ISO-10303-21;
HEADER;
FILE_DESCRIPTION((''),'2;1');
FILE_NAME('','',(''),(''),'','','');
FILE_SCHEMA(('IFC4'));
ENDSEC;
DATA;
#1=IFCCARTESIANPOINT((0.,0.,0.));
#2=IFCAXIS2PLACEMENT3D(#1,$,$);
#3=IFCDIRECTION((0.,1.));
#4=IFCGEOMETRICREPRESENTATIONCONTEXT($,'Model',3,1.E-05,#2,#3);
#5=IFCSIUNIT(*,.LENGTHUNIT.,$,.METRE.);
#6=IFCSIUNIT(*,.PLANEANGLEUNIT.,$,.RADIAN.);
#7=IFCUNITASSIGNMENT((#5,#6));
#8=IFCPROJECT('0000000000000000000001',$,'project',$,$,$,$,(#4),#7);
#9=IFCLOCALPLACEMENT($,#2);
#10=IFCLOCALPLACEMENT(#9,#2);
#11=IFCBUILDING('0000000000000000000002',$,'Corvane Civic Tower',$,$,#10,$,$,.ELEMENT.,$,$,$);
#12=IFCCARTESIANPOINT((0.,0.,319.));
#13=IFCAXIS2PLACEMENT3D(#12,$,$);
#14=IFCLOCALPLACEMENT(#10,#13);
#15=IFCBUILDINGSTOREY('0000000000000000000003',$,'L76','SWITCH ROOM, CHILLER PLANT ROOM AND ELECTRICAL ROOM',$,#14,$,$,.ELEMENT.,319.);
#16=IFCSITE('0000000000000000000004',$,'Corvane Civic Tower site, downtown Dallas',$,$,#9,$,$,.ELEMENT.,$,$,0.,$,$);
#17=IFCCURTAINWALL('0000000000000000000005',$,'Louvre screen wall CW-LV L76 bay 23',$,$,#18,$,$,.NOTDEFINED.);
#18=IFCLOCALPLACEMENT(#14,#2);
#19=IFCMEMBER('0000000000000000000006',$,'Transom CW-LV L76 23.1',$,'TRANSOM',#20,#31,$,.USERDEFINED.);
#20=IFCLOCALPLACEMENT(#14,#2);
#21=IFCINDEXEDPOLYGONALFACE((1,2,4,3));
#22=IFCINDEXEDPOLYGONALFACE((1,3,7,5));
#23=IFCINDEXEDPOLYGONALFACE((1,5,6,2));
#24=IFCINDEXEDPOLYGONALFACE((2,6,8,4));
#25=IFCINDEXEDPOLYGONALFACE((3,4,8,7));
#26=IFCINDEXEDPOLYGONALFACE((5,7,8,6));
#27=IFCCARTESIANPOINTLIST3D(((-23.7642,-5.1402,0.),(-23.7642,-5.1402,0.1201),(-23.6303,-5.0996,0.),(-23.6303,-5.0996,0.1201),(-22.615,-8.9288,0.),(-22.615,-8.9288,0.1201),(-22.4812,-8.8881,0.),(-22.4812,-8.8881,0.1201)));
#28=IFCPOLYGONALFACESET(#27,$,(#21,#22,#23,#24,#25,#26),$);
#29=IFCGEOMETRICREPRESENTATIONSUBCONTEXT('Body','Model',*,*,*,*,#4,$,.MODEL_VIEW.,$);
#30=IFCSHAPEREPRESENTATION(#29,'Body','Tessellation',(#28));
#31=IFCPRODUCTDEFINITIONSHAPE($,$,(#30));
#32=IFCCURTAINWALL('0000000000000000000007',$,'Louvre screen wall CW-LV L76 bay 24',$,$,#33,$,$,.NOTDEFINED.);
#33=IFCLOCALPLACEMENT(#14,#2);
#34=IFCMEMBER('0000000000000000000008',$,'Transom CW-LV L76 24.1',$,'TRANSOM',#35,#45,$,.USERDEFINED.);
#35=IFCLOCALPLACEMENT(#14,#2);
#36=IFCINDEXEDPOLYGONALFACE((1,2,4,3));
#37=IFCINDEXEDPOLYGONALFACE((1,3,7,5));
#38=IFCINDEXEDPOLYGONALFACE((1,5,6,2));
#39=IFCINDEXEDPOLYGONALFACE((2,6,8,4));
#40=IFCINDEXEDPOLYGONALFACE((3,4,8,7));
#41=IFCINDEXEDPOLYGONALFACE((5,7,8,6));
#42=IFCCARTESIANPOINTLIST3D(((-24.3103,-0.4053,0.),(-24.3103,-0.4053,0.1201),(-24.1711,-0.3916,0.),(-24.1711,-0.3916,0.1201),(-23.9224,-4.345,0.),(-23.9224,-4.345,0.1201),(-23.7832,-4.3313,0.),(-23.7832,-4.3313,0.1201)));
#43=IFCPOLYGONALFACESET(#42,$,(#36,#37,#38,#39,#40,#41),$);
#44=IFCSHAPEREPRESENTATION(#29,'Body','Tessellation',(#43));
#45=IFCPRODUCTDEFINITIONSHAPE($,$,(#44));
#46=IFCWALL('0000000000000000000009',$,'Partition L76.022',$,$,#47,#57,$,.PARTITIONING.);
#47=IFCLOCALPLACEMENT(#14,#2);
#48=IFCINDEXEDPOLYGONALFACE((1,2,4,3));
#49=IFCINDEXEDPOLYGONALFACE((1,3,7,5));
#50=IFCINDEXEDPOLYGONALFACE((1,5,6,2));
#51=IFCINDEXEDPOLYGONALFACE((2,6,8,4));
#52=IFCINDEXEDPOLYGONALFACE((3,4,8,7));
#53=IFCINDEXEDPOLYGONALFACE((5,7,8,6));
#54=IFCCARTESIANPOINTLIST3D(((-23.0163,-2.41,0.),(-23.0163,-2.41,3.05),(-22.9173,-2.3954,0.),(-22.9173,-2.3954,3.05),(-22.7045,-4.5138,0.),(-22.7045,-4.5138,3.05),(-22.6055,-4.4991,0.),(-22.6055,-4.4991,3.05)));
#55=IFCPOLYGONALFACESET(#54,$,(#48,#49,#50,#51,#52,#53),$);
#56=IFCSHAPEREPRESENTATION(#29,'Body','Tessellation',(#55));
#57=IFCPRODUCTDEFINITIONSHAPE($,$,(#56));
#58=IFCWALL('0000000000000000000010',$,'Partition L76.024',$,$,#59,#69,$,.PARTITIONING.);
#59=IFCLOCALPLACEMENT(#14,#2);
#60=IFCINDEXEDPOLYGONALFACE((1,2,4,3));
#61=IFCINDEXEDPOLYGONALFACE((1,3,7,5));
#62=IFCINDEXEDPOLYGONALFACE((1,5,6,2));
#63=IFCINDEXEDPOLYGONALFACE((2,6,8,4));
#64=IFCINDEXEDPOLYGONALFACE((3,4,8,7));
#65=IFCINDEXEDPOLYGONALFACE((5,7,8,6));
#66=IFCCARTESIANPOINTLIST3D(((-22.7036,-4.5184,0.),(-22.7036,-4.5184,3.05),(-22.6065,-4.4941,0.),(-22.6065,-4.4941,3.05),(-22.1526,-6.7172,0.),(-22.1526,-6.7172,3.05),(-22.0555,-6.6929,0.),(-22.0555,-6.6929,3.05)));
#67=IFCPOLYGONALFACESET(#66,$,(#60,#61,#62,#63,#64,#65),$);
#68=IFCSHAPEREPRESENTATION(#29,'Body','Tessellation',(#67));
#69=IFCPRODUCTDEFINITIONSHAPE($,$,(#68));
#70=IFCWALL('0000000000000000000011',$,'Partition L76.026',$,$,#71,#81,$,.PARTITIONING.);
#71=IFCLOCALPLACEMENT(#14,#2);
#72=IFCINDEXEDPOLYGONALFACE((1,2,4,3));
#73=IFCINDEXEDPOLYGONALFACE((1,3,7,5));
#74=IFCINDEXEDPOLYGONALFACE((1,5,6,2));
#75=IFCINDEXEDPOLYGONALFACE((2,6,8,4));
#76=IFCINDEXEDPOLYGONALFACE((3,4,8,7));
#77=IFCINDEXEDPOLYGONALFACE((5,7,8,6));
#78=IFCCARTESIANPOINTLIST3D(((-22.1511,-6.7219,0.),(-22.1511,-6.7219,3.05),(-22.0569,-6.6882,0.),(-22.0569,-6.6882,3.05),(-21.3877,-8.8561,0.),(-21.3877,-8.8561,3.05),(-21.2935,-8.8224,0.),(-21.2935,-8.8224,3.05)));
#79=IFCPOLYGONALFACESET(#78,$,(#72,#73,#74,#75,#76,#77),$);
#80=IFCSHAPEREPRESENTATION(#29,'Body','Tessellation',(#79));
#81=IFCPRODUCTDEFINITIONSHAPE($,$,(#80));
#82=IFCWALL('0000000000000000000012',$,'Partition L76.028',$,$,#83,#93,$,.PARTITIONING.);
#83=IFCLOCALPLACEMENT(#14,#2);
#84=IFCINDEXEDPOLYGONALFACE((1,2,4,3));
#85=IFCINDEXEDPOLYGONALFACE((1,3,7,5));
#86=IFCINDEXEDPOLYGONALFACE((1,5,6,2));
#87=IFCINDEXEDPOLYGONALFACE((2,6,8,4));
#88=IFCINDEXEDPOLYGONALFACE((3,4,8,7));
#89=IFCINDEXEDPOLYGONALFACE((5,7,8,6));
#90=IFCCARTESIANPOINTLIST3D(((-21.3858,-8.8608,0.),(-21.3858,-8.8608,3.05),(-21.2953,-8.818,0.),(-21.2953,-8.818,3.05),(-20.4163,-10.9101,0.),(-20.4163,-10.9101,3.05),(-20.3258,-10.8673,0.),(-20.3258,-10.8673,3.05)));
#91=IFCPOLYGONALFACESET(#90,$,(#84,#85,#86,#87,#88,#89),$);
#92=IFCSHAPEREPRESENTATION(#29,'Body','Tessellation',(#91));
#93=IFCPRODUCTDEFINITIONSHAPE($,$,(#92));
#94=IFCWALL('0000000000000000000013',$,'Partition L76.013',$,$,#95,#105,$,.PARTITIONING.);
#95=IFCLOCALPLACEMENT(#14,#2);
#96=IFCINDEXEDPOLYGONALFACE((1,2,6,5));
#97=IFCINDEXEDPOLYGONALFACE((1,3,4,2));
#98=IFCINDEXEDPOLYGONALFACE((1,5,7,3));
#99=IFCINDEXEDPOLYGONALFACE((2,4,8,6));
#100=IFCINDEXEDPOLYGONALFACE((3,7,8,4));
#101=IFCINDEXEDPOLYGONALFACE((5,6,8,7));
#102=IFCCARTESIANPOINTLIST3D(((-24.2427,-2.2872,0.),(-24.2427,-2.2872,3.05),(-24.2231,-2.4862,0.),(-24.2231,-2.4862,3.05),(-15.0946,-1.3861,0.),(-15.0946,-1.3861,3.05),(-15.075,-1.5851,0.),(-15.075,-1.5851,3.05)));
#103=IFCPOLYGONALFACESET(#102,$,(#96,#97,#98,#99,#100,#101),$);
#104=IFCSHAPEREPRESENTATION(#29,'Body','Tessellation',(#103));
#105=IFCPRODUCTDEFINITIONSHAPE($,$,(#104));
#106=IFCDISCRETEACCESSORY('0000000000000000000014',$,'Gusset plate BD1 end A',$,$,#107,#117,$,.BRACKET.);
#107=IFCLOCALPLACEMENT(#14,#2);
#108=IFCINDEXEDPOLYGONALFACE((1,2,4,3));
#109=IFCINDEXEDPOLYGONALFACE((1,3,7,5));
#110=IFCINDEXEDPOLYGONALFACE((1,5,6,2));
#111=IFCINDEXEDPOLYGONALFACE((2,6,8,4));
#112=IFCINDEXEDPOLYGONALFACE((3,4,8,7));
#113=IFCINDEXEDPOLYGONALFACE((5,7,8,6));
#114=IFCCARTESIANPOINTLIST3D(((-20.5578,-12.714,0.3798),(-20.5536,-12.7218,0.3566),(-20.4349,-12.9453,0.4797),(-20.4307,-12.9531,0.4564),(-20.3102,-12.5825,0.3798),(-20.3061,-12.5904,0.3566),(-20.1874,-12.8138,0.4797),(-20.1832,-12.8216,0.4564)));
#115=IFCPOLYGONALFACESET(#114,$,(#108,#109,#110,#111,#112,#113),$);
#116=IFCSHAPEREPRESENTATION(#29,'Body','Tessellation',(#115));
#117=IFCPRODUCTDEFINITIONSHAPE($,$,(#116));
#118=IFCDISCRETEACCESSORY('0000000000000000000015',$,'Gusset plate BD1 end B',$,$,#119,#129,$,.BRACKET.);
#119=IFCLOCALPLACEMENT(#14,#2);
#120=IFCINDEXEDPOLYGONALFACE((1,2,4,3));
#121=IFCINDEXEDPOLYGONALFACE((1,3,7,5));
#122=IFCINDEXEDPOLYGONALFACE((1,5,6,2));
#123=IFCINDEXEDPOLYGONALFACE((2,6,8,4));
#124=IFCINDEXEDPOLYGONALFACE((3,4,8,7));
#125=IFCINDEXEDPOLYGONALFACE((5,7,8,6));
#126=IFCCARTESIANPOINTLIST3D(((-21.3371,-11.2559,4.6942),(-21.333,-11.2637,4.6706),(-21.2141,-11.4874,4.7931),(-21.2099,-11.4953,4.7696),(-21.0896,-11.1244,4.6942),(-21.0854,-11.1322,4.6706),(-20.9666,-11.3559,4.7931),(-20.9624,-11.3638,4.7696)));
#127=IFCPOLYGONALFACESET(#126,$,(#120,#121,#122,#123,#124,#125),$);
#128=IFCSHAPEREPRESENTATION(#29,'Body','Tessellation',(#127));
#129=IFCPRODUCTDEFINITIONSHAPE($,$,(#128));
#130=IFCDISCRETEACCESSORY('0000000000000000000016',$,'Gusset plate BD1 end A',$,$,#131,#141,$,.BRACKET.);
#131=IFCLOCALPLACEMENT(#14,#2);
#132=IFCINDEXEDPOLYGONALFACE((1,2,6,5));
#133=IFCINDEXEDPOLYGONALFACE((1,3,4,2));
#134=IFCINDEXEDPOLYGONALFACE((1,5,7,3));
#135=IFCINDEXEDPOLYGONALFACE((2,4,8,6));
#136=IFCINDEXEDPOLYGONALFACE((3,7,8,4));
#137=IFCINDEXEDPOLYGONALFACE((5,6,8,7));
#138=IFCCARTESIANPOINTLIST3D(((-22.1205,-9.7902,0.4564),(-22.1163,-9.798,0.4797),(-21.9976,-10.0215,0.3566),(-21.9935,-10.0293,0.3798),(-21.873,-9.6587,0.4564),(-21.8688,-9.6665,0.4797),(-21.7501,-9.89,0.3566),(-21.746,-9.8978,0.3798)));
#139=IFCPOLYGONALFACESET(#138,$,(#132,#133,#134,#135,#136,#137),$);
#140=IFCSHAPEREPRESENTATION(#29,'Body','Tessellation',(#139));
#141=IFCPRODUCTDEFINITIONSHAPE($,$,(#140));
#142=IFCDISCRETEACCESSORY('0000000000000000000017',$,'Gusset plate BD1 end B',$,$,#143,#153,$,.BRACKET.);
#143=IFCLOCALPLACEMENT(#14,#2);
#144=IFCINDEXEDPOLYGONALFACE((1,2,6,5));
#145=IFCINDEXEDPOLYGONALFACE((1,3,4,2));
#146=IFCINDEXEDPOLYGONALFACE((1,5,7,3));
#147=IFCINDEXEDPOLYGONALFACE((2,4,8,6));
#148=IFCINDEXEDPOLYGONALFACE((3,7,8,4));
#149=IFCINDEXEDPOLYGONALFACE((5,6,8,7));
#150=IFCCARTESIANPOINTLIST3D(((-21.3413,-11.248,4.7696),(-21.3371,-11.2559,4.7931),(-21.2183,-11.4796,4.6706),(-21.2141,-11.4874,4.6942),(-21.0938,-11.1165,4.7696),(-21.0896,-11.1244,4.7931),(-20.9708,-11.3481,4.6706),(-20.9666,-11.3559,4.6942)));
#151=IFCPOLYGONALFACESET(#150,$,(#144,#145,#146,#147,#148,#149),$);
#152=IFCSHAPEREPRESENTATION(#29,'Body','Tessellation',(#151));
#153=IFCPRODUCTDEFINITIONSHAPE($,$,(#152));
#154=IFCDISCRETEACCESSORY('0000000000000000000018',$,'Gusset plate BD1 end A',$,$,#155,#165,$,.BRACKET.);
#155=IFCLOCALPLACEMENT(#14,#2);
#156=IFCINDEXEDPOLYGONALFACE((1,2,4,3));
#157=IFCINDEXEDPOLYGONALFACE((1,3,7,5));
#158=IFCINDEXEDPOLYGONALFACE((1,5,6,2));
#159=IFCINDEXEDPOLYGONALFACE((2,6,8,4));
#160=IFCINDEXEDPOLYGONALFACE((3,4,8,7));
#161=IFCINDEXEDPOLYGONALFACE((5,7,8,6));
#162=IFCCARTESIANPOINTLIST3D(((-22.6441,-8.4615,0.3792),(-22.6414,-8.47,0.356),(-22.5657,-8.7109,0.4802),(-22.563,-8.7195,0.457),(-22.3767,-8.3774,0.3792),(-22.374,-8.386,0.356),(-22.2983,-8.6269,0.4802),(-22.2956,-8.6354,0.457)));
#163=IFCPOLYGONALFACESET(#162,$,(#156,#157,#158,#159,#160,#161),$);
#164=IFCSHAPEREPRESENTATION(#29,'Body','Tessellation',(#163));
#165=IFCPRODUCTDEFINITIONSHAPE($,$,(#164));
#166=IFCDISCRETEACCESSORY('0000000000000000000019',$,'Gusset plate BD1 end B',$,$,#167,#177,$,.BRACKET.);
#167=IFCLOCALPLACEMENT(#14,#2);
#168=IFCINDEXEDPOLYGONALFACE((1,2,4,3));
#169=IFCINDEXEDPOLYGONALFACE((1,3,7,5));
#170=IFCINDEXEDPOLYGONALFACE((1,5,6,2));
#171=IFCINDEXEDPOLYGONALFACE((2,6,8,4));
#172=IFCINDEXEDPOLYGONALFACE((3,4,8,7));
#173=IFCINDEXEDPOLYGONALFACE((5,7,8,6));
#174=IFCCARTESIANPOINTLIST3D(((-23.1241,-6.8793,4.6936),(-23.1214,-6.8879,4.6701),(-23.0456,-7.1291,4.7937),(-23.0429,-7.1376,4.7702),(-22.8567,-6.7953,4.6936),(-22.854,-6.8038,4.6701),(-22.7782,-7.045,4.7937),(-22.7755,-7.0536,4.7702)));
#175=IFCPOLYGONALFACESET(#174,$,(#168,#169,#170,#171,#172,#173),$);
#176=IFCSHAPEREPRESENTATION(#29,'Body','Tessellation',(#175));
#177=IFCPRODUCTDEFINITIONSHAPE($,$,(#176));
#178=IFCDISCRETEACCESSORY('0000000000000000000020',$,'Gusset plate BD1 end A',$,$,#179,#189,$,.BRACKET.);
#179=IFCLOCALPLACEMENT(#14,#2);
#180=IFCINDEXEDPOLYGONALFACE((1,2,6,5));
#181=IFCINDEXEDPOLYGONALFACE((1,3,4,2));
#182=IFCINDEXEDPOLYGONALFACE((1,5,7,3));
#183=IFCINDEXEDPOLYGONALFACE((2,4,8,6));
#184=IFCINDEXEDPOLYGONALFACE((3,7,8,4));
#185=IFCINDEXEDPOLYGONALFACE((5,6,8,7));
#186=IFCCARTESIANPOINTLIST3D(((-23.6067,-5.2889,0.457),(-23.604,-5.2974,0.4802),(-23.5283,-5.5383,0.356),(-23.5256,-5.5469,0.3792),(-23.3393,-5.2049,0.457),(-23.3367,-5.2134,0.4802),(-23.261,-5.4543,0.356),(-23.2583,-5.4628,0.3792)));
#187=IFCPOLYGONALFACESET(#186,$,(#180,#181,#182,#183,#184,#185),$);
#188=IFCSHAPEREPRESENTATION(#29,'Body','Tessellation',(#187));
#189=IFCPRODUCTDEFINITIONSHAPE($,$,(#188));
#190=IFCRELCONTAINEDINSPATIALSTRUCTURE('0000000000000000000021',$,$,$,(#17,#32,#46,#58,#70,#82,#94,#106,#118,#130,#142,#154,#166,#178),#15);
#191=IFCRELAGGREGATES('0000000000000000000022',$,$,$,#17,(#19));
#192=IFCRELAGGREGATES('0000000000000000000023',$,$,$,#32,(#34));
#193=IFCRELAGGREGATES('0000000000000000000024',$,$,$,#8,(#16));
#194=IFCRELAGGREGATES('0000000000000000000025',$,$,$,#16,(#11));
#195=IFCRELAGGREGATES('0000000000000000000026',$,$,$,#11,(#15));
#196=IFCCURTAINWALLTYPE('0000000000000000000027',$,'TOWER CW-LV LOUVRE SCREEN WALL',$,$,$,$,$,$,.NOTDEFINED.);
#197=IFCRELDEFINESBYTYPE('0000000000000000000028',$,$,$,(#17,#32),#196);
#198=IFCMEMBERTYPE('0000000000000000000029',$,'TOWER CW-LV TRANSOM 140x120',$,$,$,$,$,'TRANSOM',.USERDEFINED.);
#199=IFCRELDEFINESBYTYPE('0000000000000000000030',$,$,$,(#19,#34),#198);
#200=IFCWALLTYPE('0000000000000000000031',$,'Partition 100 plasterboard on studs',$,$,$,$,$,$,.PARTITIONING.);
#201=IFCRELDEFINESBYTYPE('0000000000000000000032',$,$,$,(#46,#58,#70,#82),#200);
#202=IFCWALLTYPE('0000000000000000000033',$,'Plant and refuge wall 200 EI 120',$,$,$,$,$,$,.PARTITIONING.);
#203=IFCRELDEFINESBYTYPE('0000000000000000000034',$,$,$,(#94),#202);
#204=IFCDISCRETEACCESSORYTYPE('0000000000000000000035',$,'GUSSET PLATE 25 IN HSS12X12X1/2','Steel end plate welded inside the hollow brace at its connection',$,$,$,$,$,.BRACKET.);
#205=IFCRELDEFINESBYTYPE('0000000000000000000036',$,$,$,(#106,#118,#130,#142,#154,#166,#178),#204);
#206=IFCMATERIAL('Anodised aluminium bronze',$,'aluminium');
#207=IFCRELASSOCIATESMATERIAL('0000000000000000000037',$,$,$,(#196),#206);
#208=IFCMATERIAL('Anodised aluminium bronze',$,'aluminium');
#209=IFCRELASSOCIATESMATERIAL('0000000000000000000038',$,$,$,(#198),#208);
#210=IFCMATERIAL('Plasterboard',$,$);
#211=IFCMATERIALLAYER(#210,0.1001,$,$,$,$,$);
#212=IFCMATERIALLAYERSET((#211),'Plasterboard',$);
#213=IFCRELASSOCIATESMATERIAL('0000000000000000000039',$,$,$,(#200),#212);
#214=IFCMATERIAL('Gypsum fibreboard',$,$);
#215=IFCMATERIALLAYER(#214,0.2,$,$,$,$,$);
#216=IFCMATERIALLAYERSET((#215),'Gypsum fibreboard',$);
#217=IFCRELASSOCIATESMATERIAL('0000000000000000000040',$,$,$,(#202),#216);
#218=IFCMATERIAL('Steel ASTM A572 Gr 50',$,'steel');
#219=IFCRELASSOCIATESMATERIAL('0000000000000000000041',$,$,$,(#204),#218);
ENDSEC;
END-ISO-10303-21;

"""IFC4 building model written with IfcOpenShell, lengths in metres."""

from ifc_helpers import new_model, si_unit, direction, frame, frame_2d, origin, origin_2d, place, context, subcontext, project, spatial, rectangle, extrude, material, layer, layer_set, material_profile, profile_set, type_object, element, aggregate, save


model = new_model("IFC4")

# Units and contexts
model_context = context("Model", 3, precision=1e-05, world=origin(), true_north=direction((0.0, 1.0)))
body_context = subcontext(model_context, "Body", "Model", "MODEL_VIEW")
ifc_project = project(units=[si_unit("LENGTHUNIT", "METRE"), si_unit("PLANEANGLEUNIT", "RADIAN")], contexts=[model_context])

# Site, building, storey
site_placement = place(None, origin())
site = spatial("IfcSite", under=ifc_project, at=site_placement, Name="Corvane Civic Tower site, downtown Dallas", CompositionType="ELEMENT", RefElevation=0.0)
building_placement = place(site_placement, origin())
building = spatial("IfcBuilding", under=site, at=building_placement, Name="Corvane Civic Tower", CompositionType="ELEMENT")
storey_placement = place(building_placement, frame((0.0, 0.0, 319.0)))
storey = spatial("IfcBuildingStorey", under=building, at=storey_placement, Name="L76", Description="SWITCH ROOM, CHILLER PLANT ROOM AND ELECTRICAL ROOM", CompositionType="ELEMENT", Elevation=319.0)

# Curtain walls, members
ifc_material_1 = material(Name="Anodised aluminium bronze", Category="aluminium")
curtain_wall_type = type_object("IfcCurtainWallType", Name="TOWER CW-LV LOUVRE SCREEN WALL", PredefinedType="NOTDEFINED", material=ifc_material_1)
ifc_material_2 = material(Name="Anodised aluminium bronze", Category="aluminium")
ifc_material_profile_1 = material_profile(ifc_material_2, rectangle(XDim=0.1399, YDim=0.1201, at=origin_2d()), Name="TOWER CW-LV TRANSOM 140x120")
ifc_profile_set_1 = profile_set([ifc_material_profile_1], Name="Anodised aluminium bronze")
member_type_1 = type_object("IfcMemberType", Name="TOWER CW-LV TRANSOM 140x120", ElementType="TRANSOM", PredefinedType="USERDEFINED", material=ifc_profile_set_1)
curtain_wall_1_placement = place(storey_placement, origin())
curtain_wall_1 = element("IfcCurtainWall", 1, at=curtain_wall_1_placement, inside=storey, type_object=curtain_wall_type, Name="Louvre screen wall CW-LV L76 bay 23", PredefinedType="NOTDEFINED")
member_1_placement = place(storey_placement, frame((-22.5481, -8.9084, 0.0601), z_axis=(-0.290266, 0.956946, 0.0), x_axis=(-0.956946, -0.290266, 0.0)))
member_1 = element("IfcMember", 2, at=member_1_placement, type_object=member_type_1, Name="Transom CW-LV L76 23.1", ObjectType="TRANSOM", PredefinedType="USERDEFINED", context=body_context, shape_type="SweptSolid", body=[
    extrude(rectangle(XDim=0.1399, YDim=0.1201, at=origin_2d()), origin(), (0.0, 0.0, 1.0), 3.959),
])
curtain_wall_2_placement = place(storey_placement, origin())
curtain_wall_2 = element("IfcCurtainWall", 3, at=curtain_wall_2_placement, inside=storey, type_object=curtain_wall_type, Name="Louvre screen wall CW-LV L76 bay 24", PredefinedType="NOTDEFINED")
member_2_placement = place(storey_placement, frame((-23.8528, -4.3381, 0.0601), z_axis=(-0.097995, 0.995187, 0.0), x_axis=(-0.995187, -0.097995, 0.0)))
member_2 = element("IfcMember", 4, at=member_2_placement, type_object=member_type_1, Name="Transom CW-LV L76 24.1", ObjectType="TRANSOM", PredefinedType="USERDEFINED", context=body_context, shape_type="SweptSolid", body=[
    extrude(rectangle(XDim=0.1399, YDim=0.1201, at=origin_2d()), origin(), (0.0, 0.0, 1.0), 3.9587),
])

# Walls
ifc_material_3 = material(Name="Plasterboard")
ifc_layer_1 = layer(ifc_material_3, 0.1001)
ifc_layer_set_1 = layer_set([ifc_layer_1], Name="Plasterboard")
wall_type_1 = type_object("IfcWallType", Name="Partition 100 plasterboard on studs", PredefinedType="PARTITIONING", material=ifc_layer_set_1)
wall_1_placement = place(storey_placement, frame((-22.9668, -2.4026, 0.0), z_axis=(0.0, 0.0, 1.0), x_axis=(0.146594, -0.989197, 0.0)))
element("IfcWall", 5, at=wall_1_placement, inside=storey, type_object=wall_type_1, Name="Partition L76.022", PredefinedType="PARTITIONING", context=body_context, shape_type="SweptSolid", body=[
    extrude(rectangle(XDim=2.1267, YDim=0.1001, at=frame_2d((1.0635, 0.0))), origin(), (0.0, 0.0, 1.0), 3.05),
])
wall_2_placement = place(storey_placement, frame((-22.655, -4.5063, 0.0), z_axis=(0.0, 0.0, 1.0), x_axis=(0.243093, -0.970003, 0.0)))
element("IfcWall", 6, at=wall_2_placement, inside=storey, type_object=wall_type_1, Name="Partition L76.024", PredefinedType="PARTITIONING", context=body_context, shape_type="SweptSolid", body=[
    extrude(rectangle(XDim=2.2668, YDim=0.1001, at=frame_2d((1.1333, 0.0))), origin(), (0.0, 0.0, 1.0), 3.05),
])
wall_3_placement = place(storey_placement, frame((-22.104, -6.7051, 0.0), z_axis=(0.0, 0.0, 1.0), x_axis=(0.3368, -0.941576, 0.0)))
element("IfcWall", 7, at=wall_3_placement, inside=storey, type_object=wall_type_1, Name="Partition L76.026", PredefinedType="PARTITIONING", context=body_context, shape_type="SweptSolid", body=[
    extrude(rectangle(XDim=2.2666, YDim=0.1001, at=frame_2d((1.1333, 0.0))), origin(), (0.0, 0.0, 1.0), 3.05),
])
wall_4_placement = place(storey_placement, frame((-21.3406, -8.8394, 0.0), z_axis=(0.0, 0.0, 1.0), x_axis=(0.427637, -0.90395, 0.0)))
element("IfcWall", 8, at=wall_4_placement, inside=storey, type_object=wall_type_1, Name="Partition L76.028", PredefinedType="PARTITIONING", context=body_context, shape_type="SweptSolid", body=[
    extrude(rectangle(XDim=2.2671, YDim=0.1001, at=frame_2d((1.1335, 0.0))), origin(), (0.0, 0.0, 1.0), 3.05),
])
ifc_material_4 = material(Name="Gypsum fibreboard")
ifc_layer_2 = layer(ifc_material_4, 0.2)
ifc_layer_set_2 = layer_set([ifc_layer_2], Name="Gypsum fibreboard")
wall_type_2 = type_object("IfcWallType", Name="Plant and refuge wall 200 EI 120", PredefinedType="PARTITIONING", material=ifc_layer_set_2)
wall_5_placement = place(storey_placement, frame((-24.2329, -2.3867, 0.0), z_axis=(0.0, 0.0, 1.0), x_axis=(0.995184, 0.098028, 0.0)))
element("IfcWall", 9, at=wall_5_placement, inside=storey, type_object=wall_type_2, Name="Partition L76.013", PredefinedType="PARTITIONING", context=body_context, shape_type="SweptSolid", body=[
    extrude(rectangle(XDim=9.1924, YDim=0.2, at=frame_2d((4.5962, 0.0))), origin(), (0.0, 0.0, 1.0), 3.05),
])

aggregate(curtain_wall_1, [member_1])
aggregate(curtain_wall_2, [member_2])

# Discrete accessories
ifc_material_5 = material(Name="Steel ASTM A572 Gr 50", Category="steel")
ifc_material_profile_2 = material_profile(ifc_material_5, rectangle(XDim=0.2803, YDim=0.2803, at=origin_2d()), Name="GUSSET PLATE 25 IN HSS12X12X1/2")
ifc_profile_set_2 = profile_set([ifc_material_profile_2], Name="Steel ASTM A572 Gr 50")
discrete_accessory_type = type_object("IfcDiscreteAccessoryType", Name="GUSSET PLATE 25 IN HSS12X12X1/2", Description="Steel end plate welded inside the hollow brace at its connection", PredefinedType="BRACKET", material=ifc_profile_set_2)
discrete_accessory_1_placement = place(storey_placement, frame((-20.3684, -12.7717, 0.4065), z_axis=(-0.167198, 0.314725, 0.934341), x_axis=(-0.883116, -0.469155, 0.0)))
element("IfcDiscreteAccessory", 10, at=discrete_accessory_1_placement, inside=storey, type_object=discrete_accessory_type, Name="Gusset plate BD1 end A", PredefinedType="BRACKET", context=body_context, shape_type="SweptSolid", body=[
    extrude(rectangle(XDim=0.2803, YDim=0.2803, at=origin_2d()), origin(), (0.0, 0.0, 1.0), 0.0249),
])
discrete_accessory_2_placement = place(storey_placement, frame((-21.1519, -11.3059, 4.7437), z_axis=(0.165674, -0.311858, -0.935573), x_axis=(0.883116, 0.469155, 0.0)))
element("IfcDiscreteAccessory", 11, at=discrete_accessory_2_placement, inside=storey, type_object=discrete_accessory_type, Name="Gusset plate BD1 end B", PredefinedType="BRACKET", context=body_context, shape_type="SweptSolid", body=[
    extrude(rectangle(XDim=0.2803, YDim=0.2803, at=origin_2d()), origin(), (0.0, 0.0, 1.0), 0.0251),
])
discrete_accessory_3_placement = place(storey_placement, frame((-21.9353, -9.8401, 0.4065), z_axis=(0.167198, -0.314725, 0.934341), x_axis=(0.883116, 0.469155, 0.0)))
element("IfcDiscreteAccessory", 12, at=discrete_accessory_3_placement, inside=storey, type_object=discrete_accessory_type, Name="Gusset plate BD1 end A", PredefinedType="BRACKET", context=body_context, shape_type="SweptSolid", body=[
    extrude(rectangle(XDim=0.2803, YDim=0.2803, at=origin_2d()), origin(), (0.0, 0.0, 1.0), 0.0249),
])
discrete_accessory_4_placement = place(storey_placement, frame((-21.1519, -11.3059, 4.7437), z_axis=(-0.165674, 0.311858, -0.935573), x_axis=(-0.883116, -0.469155, 0.0)))
element("IfcDiscreteAccessory", 13, at=discrete_accessory_4_placement, inside=storey, type_object=discrete_accessory_type, Name="Gusset plate BD1 end B", PredefinedType="BRACKET", context=body_context, shape_type="SweptSolid", body=[
    extrude(rectangle(XDim=0.2803, YDim=0.2803, at=origin_2d()), origin(), (0.0, 0.0, 1.0), 0.0251),
])
discrete_accessory_5_placement = place(storey_placement, frame((-22.4685, -8.5527, 0.4065), z_axis=(-0.108015, 0.343683, 0.932853), x_axis=(-0.953994, -0.299827, 0.0)))
element("IfcDiscreteAccessory", 14, at=discrete_accessory_5_placement, inside=storey, type_object=discrete_accessory_type, Name="Gusset plate BD1 end A", PredefinedType="BRACKET", context=body_context, shape_type="SweptSolid", body=[
    extrude(rectangle(XDim=0.2803, YDim=0.2803, at=origin_2d()), origin(), (0.0, 0.0, 1.0), 0.0249),
])
discrete_accessory_6_placement = place(storey_placement, frame((-22.9512, -6.9622, 4.7437), z_axis=(0.107033, -0.340561, -0.93411), x_axis=(0.953994, 0.299827, 0.0)))
element("IfcDiscreteAccessory", 15, at=discrete_accessory_6_placement, inside=storey, type_object=discrete_accessory_type, Name="Gusset plate BD1 end B", PredefinedType="BRACKET", context=body_context, shape_type="SweptSolid", body=[
    extrude(rectangle(XDim=0.2803, YDim=0.2803, at=origin_2d()), origin(), (0.0, 0.0, 1.0), 0.0251),
])
discrete_accessory_7_placement = place(storey_placement, frame((-23.4338, -5.3716, 0.4065), z_axis=(0.108015, -0.343683, 0.932853), x_axis=(0.953994, 0.299827, 0.0)))
element("IfcDiscreteAccessory", 16, at=discrete_accessory_7_placement, inside=storey, type_object=discrete_accessory_type, Name="Gusset plate BD1 end A", PredefinedType="BRACKET", context=body_context, shape_type="SweptSolid", body=[
    extrude(rectangle(XDim=0.2803, YDim=0.2803, at=origin_2d()), origin(), (0.0, 0.0, 1.0), 0.0249),
])

save(model, "model.ifc")
